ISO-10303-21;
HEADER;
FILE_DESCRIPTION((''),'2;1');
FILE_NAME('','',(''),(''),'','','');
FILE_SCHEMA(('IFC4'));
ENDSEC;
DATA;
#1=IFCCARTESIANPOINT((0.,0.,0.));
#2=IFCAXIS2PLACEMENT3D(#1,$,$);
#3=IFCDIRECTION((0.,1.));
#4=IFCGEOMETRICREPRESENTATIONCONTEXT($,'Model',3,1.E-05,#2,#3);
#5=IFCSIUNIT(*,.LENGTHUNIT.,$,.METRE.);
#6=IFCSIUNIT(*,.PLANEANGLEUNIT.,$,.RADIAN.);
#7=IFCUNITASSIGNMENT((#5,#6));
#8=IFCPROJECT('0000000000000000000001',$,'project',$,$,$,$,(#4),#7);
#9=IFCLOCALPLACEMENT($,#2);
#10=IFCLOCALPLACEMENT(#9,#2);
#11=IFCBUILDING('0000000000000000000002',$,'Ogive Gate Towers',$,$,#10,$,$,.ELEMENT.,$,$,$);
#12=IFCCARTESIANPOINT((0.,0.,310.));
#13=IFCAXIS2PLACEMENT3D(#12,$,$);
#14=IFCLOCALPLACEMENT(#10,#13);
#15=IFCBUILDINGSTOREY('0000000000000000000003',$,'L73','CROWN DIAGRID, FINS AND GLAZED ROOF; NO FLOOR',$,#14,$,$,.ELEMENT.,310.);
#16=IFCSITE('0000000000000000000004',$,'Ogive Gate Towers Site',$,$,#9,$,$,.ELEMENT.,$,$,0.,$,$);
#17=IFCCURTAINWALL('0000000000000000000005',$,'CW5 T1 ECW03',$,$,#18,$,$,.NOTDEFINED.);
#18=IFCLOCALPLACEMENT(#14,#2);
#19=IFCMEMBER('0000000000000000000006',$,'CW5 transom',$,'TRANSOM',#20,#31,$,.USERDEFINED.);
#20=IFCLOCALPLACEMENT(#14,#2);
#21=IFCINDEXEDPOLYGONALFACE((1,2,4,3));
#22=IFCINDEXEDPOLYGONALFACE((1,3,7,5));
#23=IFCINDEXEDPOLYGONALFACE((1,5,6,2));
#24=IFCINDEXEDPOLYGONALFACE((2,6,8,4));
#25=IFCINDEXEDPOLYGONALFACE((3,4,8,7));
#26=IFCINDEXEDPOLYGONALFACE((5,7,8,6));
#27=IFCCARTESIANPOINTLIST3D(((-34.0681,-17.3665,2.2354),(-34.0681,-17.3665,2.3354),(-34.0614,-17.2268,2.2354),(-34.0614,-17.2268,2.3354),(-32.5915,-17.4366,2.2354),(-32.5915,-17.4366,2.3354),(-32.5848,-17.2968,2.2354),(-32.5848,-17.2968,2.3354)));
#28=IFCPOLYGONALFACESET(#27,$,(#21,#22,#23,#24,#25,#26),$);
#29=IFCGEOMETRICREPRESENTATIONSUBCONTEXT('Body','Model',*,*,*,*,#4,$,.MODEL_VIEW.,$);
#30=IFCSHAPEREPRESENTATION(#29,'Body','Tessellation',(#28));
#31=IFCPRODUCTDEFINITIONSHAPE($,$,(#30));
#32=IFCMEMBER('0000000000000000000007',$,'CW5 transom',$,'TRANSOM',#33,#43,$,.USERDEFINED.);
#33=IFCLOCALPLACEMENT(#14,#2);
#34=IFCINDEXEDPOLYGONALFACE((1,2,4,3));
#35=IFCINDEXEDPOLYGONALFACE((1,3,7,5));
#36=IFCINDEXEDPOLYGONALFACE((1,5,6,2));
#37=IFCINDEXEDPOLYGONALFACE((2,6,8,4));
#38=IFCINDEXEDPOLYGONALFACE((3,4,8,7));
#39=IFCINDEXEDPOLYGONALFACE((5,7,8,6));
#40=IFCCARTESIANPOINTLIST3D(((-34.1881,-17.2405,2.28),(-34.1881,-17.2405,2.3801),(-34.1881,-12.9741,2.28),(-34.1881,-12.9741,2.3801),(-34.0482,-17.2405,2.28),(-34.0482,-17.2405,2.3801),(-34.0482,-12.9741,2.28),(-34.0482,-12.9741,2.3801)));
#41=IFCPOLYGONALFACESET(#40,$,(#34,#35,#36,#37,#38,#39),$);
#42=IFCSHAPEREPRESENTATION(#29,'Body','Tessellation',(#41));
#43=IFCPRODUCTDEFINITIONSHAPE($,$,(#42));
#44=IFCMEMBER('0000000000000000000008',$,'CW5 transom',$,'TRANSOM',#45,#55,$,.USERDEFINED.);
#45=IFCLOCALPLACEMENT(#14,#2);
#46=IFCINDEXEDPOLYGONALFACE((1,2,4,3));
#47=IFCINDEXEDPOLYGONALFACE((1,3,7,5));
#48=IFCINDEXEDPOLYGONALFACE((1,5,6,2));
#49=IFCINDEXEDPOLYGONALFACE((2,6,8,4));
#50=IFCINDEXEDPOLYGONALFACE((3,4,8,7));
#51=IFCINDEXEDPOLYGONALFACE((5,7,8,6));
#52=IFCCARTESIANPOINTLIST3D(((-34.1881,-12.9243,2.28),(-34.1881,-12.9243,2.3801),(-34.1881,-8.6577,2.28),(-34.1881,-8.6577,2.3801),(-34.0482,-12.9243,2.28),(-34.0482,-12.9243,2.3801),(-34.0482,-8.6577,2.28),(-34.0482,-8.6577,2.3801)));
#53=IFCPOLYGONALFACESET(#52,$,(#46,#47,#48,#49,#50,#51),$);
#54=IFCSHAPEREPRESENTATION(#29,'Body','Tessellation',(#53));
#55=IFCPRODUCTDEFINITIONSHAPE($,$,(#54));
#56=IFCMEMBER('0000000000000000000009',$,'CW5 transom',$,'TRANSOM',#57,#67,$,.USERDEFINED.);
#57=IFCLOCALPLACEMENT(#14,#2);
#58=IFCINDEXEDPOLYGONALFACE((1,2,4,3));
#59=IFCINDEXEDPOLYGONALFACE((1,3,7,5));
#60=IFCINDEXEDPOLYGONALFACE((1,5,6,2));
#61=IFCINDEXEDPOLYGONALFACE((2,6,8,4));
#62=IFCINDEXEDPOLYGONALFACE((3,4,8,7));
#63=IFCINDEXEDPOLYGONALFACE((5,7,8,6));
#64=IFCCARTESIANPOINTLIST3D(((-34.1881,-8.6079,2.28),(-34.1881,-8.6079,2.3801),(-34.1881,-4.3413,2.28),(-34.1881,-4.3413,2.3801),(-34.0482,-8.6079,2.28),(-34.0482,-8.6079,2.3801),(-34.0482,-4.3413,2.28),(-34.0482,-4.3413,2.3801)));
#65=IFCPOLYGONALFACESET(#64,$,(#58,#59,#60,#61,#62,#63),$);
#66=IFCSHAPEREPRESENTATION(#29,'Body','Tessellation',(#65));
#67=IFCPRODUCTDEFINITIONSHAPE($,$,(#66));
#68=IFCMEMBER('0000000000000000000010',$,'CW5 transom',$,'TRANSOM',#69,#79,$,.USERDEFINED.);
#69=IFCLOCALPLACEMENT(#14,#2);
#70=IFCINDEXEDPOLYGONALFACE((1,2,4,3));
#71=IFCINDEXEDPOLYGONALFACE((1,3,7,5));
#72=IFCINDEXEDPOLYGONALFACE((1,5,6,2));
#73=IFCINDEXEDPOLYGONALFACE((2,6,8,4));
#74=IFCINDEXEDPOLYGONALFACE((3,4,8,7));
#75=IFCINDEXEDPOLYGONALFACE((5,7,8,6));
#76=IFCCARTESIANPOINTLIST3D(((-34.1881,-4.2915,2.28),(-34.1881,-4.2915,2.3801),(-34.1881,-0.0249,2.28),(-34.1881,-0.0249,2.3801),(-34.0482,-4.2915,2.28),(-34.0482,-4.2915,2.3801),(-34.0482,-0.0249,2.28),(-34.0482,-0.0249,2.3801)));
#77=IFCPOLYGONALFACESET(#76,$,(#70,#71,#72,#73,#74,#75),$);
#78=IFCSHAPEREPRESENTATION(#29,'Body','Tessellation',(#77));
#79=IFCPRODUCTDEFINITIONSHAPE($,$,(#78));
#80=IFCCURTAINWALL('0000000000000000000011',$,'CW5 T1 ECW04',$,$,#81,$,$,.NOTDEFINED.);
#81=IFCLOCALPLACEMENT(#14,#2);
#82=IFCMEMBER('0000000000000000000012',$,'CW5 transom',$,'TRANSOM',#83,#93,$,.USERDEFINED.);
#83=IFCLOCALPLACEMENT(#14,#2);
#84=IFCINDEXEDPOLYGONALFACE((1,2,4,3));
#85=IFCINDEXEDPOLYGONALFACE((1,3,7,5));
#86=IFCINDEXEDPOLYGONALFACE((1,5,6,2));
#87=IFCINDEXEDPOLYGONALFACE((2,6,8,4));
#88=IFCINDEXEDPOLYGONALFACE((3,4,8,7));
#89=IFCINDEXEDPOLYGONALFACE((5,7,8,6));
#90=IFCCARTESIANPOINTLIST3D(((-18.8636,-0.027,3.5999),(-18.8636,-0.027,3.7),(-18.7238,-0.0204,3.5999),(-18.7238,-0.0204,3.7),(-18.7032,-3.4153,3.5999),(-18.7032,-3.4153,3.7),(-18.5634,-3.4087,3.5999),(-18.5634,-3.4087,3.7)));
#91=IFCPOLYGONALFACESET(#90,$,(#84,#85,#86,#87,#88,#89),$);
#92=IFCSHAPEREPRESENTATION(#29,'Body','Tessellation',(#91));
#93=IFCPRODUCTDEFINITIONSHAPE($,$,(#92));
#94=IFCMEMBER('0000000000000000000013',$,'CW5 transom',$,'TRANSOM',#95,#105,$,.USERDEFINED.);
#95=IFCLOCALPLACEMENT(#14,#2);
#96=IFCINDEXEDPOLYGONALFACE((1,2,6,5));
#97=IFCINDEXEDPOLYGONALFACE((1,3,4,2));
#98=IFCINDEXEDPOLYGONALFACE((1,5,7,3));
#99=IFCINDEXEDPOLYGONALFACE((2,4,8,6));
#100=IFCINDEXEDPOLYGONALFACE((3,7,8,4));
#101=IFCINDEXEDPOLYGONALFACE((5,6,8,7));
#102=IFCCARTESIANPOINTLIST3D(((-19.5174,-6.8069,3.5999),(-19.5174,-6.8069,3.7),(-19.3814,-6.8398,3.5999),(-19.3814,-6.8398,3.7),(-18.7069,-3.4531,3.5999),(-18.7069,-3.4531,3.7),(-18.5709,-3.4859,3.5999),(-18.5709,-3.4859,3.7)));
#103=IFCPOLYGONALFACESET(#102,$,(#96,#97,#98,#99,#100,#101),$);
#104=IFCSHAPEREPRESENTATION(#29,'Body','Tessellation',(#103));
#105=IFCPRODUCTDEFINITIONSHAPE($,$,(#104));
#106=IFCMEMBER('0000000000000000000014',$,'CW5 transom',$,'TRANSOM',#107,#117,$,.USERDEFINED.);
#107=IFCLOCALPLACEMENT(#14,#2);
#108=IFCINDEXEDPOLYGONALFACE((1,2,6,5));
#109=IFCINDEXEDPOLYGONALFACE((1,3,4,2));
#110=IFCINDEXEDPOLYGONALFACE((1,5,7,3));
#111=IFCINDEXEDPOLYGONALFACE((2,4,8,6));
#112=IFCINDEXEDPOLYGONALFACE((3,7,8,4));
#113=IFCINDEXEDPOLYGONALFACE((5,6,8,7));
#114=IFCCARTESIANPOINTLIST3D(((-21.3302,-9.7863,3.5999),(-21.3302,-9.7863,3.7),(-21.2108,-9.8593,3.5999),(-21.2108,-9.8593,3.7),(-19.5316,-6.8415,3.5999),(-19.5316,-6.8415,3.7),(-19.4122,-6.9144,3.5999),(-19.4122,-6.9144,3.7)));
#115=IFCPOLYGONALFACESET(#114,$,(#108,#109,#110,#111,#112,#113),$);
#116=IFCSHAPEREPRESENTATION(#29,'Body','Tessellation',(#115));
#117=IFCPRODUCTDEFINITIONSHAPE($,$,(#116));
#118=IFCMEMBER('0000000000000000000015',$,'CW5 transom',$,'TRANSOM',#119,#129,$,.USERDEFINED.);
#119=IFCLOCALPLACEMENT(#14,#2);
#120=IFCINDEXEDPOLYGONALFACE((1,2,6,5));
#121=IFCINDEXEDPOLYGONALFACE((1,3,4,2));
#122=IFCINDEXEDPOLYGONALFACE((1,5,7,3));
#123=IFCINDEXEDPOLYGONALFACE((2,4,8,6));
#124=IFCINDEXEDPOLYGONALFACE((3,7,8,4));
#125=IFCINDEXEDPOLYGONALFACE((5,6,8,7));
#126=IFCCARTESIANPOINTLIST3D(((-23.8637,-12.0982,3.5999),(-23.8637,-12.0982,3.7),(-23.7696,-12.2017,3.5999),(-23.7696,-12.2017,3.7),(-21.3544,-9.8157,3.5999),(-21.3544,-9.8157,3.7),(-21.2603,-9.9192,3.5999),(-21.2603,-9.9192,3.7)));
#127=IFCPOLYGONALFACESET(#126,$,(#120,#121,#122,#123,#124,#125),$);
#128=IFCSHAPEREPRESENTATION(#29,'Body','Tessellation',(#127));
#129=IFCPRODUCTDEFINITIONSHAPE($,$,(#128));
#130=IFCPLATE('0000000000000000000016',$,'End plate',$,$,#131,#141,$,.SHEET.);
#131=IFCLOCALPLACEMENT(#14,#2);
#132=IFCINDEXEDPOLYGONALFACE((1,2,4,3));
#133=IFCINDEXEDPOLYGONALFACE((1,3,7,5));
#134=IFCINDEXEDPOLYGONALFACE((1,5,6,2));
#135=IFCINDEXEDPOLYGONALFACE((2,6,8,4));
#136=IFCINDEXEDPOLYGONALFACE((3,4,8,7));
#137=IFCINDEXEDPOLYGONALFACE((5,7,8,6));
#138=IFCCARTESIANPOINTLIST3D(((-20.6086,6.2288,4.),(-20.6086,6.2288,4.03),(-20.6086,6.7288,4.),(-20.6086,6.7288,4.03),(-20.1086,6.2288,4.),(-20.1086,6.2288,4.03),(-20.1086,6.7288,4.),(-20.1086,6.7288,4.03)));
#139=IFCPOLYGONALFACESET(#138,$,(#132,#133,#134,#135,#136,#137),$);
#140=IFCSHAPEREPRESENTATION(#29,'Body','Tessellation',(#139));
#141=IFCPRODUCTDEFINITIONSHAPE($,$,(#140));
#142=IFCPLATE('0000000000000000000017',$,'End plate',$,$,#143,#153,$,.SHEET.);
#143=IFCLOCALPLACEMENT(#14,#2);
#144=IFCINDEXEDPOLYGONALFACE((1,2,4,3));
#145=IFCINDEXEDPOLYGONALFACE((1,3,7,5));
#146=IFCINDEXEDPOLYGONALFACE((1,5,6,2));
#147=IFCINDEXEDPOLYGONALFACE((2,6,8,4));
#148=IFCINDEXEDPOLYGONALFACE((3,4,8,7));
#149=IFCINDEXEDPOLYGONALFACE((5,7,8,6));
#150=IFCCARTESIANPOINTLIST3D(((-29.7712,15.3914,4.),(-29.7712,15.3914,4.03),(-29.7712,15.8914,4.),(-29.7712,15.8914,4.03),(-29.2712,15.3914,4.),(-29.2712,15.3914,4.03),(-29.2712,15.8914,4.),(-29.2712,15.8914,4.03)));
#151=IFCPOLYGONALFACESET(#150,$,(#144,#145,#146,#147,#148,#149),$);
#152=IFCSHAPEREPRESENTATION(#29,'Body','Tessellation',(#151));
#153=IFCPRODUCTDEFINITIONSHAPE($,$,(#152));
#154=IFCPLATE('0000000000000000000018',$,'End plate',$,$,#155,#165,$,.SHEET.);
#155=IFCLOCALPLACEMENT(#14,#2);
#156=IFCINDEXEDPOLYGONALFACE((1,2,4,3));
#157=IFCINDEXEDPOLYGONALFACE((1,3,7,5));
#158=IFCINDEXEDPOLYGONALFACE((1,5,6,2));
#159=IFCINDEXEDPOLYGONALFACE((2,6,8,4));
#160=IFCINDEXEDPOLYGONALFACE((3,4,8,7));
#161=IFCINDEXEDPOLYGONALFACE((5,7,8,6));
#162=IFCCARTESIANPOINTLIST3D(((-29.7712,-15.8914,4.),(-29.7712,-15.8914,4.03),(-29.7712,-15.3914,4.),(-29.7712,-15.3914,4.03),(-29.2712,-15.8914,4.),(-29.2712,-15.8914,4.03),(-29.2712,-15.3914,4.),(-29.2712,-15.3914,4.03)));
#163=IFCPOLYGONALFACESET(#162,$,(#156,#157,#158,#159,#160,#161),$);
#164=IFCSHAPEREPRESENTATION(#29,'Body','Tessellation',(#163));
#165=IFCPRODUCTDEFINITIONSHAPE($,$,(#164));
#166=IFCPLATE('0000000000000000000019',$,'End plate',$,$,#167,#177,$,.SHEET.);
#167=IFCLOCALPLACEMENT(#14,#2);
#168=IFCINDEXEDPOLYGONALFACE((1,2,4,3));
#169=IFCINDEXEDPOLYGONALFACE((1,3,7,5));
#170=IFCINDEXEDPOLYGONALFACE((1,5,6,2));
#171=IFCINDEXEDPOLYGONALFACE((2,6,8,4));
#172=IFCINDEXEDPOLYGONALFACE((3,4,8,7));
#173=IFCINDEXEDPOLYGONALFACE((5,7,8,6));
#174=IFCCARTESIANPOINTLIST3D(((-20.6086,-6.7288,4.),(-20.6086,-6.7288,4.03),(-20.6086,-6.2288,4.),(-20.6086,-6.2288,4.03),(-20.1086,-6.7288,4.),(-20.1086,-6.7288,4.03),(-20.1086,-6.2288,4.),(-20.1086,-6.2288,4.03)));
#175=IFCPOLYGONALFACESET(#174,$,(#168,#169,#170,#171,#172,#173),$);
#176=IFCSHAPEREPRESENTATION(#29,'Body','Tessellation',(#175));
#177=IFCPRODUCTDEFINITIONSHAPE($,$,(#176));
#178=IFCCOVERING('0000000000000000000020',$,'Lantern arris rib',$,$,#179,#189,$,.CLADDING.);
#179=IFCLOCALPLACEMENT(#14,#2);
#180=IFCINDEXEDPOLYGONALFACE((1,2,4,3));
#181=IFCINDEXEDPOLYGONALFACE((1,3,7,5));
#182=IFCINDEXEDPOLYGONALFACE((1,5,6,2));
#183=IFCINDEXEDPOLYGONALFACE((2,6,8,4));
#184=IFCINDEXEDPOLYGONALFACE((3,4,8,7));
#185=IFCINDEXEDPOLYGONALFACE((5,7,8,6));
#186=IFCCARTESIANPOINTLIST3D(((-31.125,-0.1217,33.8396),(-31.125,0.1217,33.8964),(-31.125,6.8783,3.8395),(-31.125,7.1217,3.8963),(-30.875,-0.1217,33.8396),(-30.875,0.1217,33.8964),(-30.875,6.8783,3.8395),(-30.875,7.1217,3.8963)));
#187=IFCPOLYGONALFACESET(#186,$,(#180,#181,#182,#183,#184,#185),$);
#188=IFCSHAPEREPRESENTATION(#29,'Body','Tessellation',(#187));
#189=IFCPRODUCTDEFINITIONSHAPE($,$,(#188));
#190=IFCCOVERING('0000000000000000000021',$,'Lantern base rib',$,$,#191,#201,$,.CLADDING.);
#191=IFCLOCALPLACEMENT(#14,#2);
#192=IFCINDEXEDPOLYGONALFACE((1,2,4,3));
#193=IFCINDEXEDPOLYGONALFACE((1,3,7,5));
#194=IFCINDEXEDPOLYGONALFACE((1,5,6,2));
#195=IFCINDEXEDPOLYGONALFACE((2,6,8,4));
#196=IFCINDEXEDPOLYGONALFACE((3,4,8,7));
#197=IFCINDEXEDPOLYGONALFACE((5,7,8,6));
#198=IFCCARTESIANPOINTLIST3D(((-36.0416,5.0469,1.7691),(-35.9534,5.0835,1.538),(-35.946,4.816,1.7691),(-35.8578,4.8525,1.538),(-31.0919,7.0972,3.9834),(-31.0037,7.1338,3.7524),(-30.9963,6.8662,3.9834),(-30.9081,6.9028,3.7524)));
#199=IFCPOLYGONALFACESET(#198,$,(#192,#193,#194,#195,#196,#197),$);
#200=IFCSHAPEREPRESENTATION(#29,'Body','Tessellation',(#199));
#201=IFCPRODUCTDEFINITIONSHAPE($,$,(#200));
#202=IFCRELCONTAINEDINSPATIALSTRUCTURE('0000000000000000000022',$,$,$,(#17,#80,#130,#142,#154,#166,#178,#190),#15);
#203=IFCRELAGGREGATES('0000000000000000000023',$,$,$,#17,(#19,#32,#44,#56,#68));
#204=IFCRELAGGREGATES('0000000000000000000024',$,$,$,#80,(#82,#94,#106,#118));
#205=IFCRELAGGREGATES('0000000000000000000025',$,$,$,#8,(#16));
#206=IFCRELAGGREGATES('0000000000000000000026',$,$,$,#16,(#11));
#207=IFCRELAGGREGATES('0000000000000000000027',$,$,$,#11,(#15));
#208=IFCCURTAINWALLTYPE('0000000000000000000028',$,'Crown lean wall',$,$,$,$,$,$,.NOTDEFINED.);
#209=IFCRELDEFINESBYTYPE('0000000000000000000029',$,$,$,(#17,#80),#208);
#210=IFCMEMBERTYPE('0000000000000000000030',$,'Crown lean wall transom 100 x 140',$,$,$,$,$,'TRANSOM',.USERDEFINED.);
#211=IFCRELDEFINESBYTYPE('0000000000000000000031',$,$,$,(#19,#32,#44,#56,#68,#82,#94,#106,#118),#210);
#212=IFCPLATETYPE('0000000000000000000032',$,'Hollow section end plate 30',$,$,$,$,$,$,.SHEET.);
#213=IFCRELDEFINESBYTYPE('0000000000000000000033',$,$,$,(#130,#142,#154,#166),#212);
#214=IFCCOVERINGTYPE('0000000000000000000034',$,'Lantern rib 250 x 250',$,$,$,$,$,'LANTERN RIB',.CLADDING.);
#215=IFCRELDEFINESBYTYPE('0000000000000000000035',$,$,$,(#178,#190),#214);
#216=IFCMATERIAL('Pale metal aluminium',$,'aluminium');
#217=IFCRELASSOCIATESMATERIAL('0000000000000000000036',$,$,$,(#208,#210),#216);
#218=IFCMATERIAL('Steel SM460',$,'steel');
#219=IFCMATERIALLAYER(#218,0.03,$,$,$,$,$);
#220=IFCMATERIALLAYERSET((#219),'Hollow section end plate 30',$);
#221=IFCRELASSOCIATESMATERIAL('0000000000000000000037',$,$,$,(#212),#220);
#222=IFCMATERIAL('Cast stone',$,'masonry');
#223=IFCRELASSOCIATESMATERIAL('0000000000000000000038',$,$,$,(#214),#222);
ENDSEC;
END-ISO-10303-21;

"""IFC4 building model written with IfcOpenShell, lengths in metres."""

from ifc_helpers import new_model, si_unit, direction, frame, origin, origin_2d, place, context, subcontext, project, spatial, polyline, rectangle, outline, extrude, material, layer, layer_set, material_profile, profile_set, type_object, element, aggregate, save


model = new_model("IFC4")

# Units and contexts
model_context = context("Model", 3, precision=1e-05, world=origin(), true_north=direction((0.0, 1.0)))
body_context = subcontext(model_context, "Body", "Model", "MODEL_VIEW")
ifc_project = project(units=[si_unit("LENGTHUNIT", "METRE"), si_unit("PLANEANGLEUNIT", "RADIAN")], contexts=[model_context])

# Site, building, storey
site_placement = place(None, origin())
site = spatial("IfcSite", under=ifc_project, at=site_placement, Name="Ogive Gate Towers Site", CompositionType="ELEMENT", RefElevation=0.0)
building_placement = place(site_placement, origin())
building = spatial("IfcBuilding", under=site, at=building_placement, Name="Ogive Gate Towers", CompositionType="ELEMENT")
storey_placement = place(building_placement, frame((0.0, 0.0, 310.0)))
storey = spatial("IfcBuildingStorey", under=building, at=storey_placement, Name="L73", Description="CROWN DIAGRID, FINS AND GLAZED ROOF; NO FLOOR", CompositionType="ELEMENT", Elevation=310.0)

# Curtain walls, members
ifc_material_1 = material(Name="Pale metal aluminium", Category="aluminium")
curtain_wall_type = type_object("IfcCurtainWallType", Name="Crown lean wall", PredefinedType="NOTDEFINED", material=ifc_material_1)
ifc_material_profile_1 = material_profile(ifc_material_1, rectangle(XDim=0.1399, YDim=0.1001, at=origin_2d()), Name="100 x 140 aluminium box")
ifc_profile_set_1 = profile_set([ifc_material_profile_1], Name="Pale metal aluminium")
member_type = type_object("IfcMemberType", Name="Crown lean wall transom 100 x 140", ElementType="TRANSOM", PredefinedType="USERDEFINED", material=ifc_profile_set_1)
curtain_wall_1_placement = place(storey_placement, origin())
curtain_wall_1 = element("IfcCurtainWall", 1, at=curtain_wall_1_placement, inside=storey, type_object=curtain_wall_type, Name="CW5 T1 ECW03", PredefinedType="NOTDEFINED")
member_1_placement = place(storey_placement, frame((-32.5881, -17.3667, 2.2854), z_axis=(-0.998876, 0.0474, 0.0), x_axis=(-0.0474, -0.998876, 0.0)))
member_1 = element("IfcMember", 2, at=member_1_placement, type_object=member_type, Name="CW5 transom", ObjectType="TRANSOM", PredefinedType="USERDEFINED", context=body_context, shape_type="SweptSolid", body=[
    extrude(rectangle(XDim=0.1399, YDim=0.1001, at=origin_2d()), origin(), (0.0, 0.0, 1.0), 1.4783),
])
member_2_placement = place(storey_placement, frame((-34.1182, -17.2405, 2.3301), z_axis=(0.0, 1.0, 0.0), x_axis=(-1.0, 0.0, 0.0)))
member_2 = element("IfcMember", 3, at=member_2_placement, type_object=member_type, Name="CW5 transom", ObjectType="TRANSOM", PredefinedType="USERDEFINED", context=body_context, shape_type="SweptSolid", body=[
    extrude(rectangle(XDim=0.1399, YDim=0.1001, at=origin_2d()), origin(), (0.0, 0.0, 1.0), 4.2664),
])
member_3_placement = place(storey_placement, frame((-34.1182, -12.9243, 2.3301), z_axis=(0.0, 1.0, 0.0), x_axis=(-1.0, 0.0, 0.0)))
member_3 = element("IfcMember", 4, at=member_3_placement, type_object=member_type, Name="CW5 transom", ObjectType="TRANSOM", PredefinedType="USERDEFINED", context=body_context, shape_type="SweptSolid", body=[
    extrude(rectangle(XDim=0.1399, YDim=0.1001, at=origin_2d()), origin(), (0.0, 0.0, 1.0), 4.2666),
])
member_4_placement = place(storey_placement, frame((-34.1182, -8.6079, 2.3301), z_axis=(0.0, 1.0, 0.0), x_axis=(-1.0, 0.0, 0.0)))
member_4 = element("IfcMember", 5, at=member_4_placement, type_object=member_type, Name="CW5 transom", ObjectType="TRANSOM", PredefinedType="USERDEFINED", context=body_context, shape_type="SweptSolid", body=[
    extrude(rectangle(XDim=0.1399, YDim=0.1001, at=origin_2d()), origin(), (0.0, 0.0, 1.0), 4.2666),
])
member_5_placement = place(storey_placement, frame((-34.1182, -4.2915, 2.3301), z_axis=(0.0, 1.0, 0.0), x_axis=(-1.0, 0.0, 0.0)))
member_5 = element("IfcMember", 6, at=member_5_placement, type_object=member_type, Name="CW5 transom", ObjectType="TRANSOM", PredefinedType="USERDEFINED", context=body_context, shape_type="SweptSolid", body=[
    extrude(rectangle(XDim=0.1399, YDim=0.1001, at=origin_2d()), origin(), (0.0, 0.0, 1.0), 4.2666),
])
aggregate(curtain_wall_1, [member_1, member_2, member_3, member_4, member_5])
curtain_wall_2_placement = place(storey_placement, origin())
curtain_wall_2 = element("IfcCurtainWall", 7, at=curtain_wall_2_placement, inside=storey, type_object=curtain_wall_type, Name="CW5 T1 ECW04", PredefinedType="NOTDEFINED")
member_6_placement = place(storey_placement, frame((-18.7937, -0.0237, 3.6499), z_axis=(0.047288, -0.998881, 0.0), x_axis=(0.998881, 0.047288, 0.0)))
member_6 = element("IfcMember", 8, at=member_6_placement, type_object=member_type, Name="CW5 transom", ObjectType="TRANSOM", PredefinedType="USERDEFINED", context=body_context, shape_type="SweptSolid", body=[
    extrude(rectangle(XDim=0.1399, YDim=0.1001, at=origin_2d()), origin(), (0.0, 0.0, 1.0), 3.3921),
])
member_7_placement = place(storey_placement, frame((-18.6389, -3.4695, 3.6499), z_axis=(-0.234903, -0.972019, 0.0), x_axis=(0.972019, -0.234903, 0.0)))
member_7 = element("IfcMember", 9, at=member_7_placement, type_object=member_type, Name="CW5 transom", ObjectType="TRANSOM", PredefinedType="USERDEFINED", context=body_context, shape_type="SweptSolid", body=[
    extrude(rectangle(XDim=0.1399, YDim=0.1001, at=origin_2d()), origin(), (0.0, 0.0, 1.0), 3.4504),
])
member_8_placement = place(storey_placement, frame((-19.4719, -6.8779, 3.6499), z_axis=(-0.521232, -0.853415, 0.0), x_axis=(0.853415, -0.521232, 0.0)))
member_8 = element("IfcMember", 10, at=member_8_placement, type_object=member_type, Name="CW5 transom", ObjectType="TRANSOM", PredefinedType="USERDEFINED", context=body_context, shape_type="SweptSolid", body=[
    extrude(rectangle(XDim=0.1399, YDim=0.1001, at=origin_2d()), origin(), (0.0, 0.0, 1.0), 3.4507),
])
member_9_placement = place(storey_placement, frame((-21.3074, -9.8674, 3.6499), z_axis=(-0.739748, -0.672884, 0.0), x_axis=(0.672884, -0.739748, 0.0)))
member_9 = element("IfcMember", 11, at=member_9_placement, type_object=member_type, Name="CW5 transom", ObjectType="TRANSOM", PredefinedType="USERDEFINED", context=body_context, shape_type="SweptSolid", body=[
    extrude(rectangle(XDim=0.1399, YDim=0.1001, at=origin_2d()), origin(), (0.0, 0.0, 1.0), 3.3921),
])
aggregate(curtain_wall_2, [member_6, member_7, member_8, member_9])

# Plates
ifc_material_2 = material(Name="Steel SM460", Category="steel")
ifc_layer = layer(ifc_material_2, 0.03)
ifc_layer_set = layer_set([ifc_layer], Name="Hollow section end plate 30")
plate_type = type_object("IfcPlateType", Name="Hollow section end plate 30", PredefinedType="SHEET", material=ifc_layer_set)
for number, where, z_axis, x_axis, name in (
    (12, (-20.6086, 6.2288, 4.03), (0.0, 0.0, 1.0), (1.0, 0.0, 0.0), "End plate"),
    (13, (-29.7712, 15.3914, 4.03), (0.0, 0.0, 1.0), (1.0, 0.0, 0.0), "End plate"),
    (14, (-29.7712, -15.8914, 4.03), (0.0, 0.0, 1.0), (1.0, 0.0, 0.0), "End plate"),
    (15, (-20.6086, -6.7288, 4.03), (0.0, 0.0, 1.0), (1.0, 0.0, 0.0), "End plate"),
):
    element("IfcPlate", number, at=place(storey_placement, frame(where, z_axis=z_axis, x_axis=x_axis)), inside=storey, type_object=plate_type, Name=name, PredefinedType="SHEET", context=body_context, shape_type="SweptSolid", body=[
        extrude(outline(polyline([(0.0, 0.0), (0.5, 0.0), (0.5, 0.5), (0.0, 0.5), (0.0, 0.0)])), origin(), (0.0, 0.0, -1.0), 0.03),
    ])

# Coverings
ifc_material_3 = material(Name="Cast stone", Category="masonry")
ifc_material_profile_2 = material_profile(ifc_material_3, rectangle(XDim=0.25, YDim=0.25, at=origin_2d()), Name="250 x 250 cast stone")
ifc_profile_set_2 = profile_set([ifc_material_profile_2], Name="Cast stone")
covering_type = type_object("IfcCoveringType", Name="Lantern rib 250 x 250", ElementType="LANTERN RIB", PredefinedType="CLADDING", material=ifc_profile_set_2)
covering_1_placement = place(storey_placement, frame((-31.0, 7.0, 3.8679), z_axis=(0.0, -0.22723, 0.973841), x_axis=(1.0, 0.0, 0.0)))
element("IfcCovering", 16, at=covering_1_placement, inside=storey, type_object=covering_type, Name="Lantern arris rib", PredefinedType="CLADDING", context=body_context, shape_type="SweptSolid", body=[
    extrude(rectangle(XDim=0.25, YDim=0.25, at=origin_2d()), origin(), (0.0, 0.0, 1.0), 30.8059),
])
for number, where, z_axis, x_axis, name in (
    (17, (-31.0, 7.0, 3.8679), (-0.853821, -0.353674, -0.381975), (0.382693, -0.923876, 0.0), "Lantern base rib"),
):
    element("IfcCovering", number, at=place(storey_placement, frame(where, z_axis=z_axis, x_axis=x_axis)), inside=storey, type_object=covering_type, Name=name, PredefinedType="CLADDING", context=body_context, shape_type="SweptSolid", body=[
        extrude(rectangle(XDim=0.25, YDim=0.25, at=origin_2d()), origin(), (0.0, 0.0, 1.0), 5.7971),
    ])

save(model, "model.ifc")
